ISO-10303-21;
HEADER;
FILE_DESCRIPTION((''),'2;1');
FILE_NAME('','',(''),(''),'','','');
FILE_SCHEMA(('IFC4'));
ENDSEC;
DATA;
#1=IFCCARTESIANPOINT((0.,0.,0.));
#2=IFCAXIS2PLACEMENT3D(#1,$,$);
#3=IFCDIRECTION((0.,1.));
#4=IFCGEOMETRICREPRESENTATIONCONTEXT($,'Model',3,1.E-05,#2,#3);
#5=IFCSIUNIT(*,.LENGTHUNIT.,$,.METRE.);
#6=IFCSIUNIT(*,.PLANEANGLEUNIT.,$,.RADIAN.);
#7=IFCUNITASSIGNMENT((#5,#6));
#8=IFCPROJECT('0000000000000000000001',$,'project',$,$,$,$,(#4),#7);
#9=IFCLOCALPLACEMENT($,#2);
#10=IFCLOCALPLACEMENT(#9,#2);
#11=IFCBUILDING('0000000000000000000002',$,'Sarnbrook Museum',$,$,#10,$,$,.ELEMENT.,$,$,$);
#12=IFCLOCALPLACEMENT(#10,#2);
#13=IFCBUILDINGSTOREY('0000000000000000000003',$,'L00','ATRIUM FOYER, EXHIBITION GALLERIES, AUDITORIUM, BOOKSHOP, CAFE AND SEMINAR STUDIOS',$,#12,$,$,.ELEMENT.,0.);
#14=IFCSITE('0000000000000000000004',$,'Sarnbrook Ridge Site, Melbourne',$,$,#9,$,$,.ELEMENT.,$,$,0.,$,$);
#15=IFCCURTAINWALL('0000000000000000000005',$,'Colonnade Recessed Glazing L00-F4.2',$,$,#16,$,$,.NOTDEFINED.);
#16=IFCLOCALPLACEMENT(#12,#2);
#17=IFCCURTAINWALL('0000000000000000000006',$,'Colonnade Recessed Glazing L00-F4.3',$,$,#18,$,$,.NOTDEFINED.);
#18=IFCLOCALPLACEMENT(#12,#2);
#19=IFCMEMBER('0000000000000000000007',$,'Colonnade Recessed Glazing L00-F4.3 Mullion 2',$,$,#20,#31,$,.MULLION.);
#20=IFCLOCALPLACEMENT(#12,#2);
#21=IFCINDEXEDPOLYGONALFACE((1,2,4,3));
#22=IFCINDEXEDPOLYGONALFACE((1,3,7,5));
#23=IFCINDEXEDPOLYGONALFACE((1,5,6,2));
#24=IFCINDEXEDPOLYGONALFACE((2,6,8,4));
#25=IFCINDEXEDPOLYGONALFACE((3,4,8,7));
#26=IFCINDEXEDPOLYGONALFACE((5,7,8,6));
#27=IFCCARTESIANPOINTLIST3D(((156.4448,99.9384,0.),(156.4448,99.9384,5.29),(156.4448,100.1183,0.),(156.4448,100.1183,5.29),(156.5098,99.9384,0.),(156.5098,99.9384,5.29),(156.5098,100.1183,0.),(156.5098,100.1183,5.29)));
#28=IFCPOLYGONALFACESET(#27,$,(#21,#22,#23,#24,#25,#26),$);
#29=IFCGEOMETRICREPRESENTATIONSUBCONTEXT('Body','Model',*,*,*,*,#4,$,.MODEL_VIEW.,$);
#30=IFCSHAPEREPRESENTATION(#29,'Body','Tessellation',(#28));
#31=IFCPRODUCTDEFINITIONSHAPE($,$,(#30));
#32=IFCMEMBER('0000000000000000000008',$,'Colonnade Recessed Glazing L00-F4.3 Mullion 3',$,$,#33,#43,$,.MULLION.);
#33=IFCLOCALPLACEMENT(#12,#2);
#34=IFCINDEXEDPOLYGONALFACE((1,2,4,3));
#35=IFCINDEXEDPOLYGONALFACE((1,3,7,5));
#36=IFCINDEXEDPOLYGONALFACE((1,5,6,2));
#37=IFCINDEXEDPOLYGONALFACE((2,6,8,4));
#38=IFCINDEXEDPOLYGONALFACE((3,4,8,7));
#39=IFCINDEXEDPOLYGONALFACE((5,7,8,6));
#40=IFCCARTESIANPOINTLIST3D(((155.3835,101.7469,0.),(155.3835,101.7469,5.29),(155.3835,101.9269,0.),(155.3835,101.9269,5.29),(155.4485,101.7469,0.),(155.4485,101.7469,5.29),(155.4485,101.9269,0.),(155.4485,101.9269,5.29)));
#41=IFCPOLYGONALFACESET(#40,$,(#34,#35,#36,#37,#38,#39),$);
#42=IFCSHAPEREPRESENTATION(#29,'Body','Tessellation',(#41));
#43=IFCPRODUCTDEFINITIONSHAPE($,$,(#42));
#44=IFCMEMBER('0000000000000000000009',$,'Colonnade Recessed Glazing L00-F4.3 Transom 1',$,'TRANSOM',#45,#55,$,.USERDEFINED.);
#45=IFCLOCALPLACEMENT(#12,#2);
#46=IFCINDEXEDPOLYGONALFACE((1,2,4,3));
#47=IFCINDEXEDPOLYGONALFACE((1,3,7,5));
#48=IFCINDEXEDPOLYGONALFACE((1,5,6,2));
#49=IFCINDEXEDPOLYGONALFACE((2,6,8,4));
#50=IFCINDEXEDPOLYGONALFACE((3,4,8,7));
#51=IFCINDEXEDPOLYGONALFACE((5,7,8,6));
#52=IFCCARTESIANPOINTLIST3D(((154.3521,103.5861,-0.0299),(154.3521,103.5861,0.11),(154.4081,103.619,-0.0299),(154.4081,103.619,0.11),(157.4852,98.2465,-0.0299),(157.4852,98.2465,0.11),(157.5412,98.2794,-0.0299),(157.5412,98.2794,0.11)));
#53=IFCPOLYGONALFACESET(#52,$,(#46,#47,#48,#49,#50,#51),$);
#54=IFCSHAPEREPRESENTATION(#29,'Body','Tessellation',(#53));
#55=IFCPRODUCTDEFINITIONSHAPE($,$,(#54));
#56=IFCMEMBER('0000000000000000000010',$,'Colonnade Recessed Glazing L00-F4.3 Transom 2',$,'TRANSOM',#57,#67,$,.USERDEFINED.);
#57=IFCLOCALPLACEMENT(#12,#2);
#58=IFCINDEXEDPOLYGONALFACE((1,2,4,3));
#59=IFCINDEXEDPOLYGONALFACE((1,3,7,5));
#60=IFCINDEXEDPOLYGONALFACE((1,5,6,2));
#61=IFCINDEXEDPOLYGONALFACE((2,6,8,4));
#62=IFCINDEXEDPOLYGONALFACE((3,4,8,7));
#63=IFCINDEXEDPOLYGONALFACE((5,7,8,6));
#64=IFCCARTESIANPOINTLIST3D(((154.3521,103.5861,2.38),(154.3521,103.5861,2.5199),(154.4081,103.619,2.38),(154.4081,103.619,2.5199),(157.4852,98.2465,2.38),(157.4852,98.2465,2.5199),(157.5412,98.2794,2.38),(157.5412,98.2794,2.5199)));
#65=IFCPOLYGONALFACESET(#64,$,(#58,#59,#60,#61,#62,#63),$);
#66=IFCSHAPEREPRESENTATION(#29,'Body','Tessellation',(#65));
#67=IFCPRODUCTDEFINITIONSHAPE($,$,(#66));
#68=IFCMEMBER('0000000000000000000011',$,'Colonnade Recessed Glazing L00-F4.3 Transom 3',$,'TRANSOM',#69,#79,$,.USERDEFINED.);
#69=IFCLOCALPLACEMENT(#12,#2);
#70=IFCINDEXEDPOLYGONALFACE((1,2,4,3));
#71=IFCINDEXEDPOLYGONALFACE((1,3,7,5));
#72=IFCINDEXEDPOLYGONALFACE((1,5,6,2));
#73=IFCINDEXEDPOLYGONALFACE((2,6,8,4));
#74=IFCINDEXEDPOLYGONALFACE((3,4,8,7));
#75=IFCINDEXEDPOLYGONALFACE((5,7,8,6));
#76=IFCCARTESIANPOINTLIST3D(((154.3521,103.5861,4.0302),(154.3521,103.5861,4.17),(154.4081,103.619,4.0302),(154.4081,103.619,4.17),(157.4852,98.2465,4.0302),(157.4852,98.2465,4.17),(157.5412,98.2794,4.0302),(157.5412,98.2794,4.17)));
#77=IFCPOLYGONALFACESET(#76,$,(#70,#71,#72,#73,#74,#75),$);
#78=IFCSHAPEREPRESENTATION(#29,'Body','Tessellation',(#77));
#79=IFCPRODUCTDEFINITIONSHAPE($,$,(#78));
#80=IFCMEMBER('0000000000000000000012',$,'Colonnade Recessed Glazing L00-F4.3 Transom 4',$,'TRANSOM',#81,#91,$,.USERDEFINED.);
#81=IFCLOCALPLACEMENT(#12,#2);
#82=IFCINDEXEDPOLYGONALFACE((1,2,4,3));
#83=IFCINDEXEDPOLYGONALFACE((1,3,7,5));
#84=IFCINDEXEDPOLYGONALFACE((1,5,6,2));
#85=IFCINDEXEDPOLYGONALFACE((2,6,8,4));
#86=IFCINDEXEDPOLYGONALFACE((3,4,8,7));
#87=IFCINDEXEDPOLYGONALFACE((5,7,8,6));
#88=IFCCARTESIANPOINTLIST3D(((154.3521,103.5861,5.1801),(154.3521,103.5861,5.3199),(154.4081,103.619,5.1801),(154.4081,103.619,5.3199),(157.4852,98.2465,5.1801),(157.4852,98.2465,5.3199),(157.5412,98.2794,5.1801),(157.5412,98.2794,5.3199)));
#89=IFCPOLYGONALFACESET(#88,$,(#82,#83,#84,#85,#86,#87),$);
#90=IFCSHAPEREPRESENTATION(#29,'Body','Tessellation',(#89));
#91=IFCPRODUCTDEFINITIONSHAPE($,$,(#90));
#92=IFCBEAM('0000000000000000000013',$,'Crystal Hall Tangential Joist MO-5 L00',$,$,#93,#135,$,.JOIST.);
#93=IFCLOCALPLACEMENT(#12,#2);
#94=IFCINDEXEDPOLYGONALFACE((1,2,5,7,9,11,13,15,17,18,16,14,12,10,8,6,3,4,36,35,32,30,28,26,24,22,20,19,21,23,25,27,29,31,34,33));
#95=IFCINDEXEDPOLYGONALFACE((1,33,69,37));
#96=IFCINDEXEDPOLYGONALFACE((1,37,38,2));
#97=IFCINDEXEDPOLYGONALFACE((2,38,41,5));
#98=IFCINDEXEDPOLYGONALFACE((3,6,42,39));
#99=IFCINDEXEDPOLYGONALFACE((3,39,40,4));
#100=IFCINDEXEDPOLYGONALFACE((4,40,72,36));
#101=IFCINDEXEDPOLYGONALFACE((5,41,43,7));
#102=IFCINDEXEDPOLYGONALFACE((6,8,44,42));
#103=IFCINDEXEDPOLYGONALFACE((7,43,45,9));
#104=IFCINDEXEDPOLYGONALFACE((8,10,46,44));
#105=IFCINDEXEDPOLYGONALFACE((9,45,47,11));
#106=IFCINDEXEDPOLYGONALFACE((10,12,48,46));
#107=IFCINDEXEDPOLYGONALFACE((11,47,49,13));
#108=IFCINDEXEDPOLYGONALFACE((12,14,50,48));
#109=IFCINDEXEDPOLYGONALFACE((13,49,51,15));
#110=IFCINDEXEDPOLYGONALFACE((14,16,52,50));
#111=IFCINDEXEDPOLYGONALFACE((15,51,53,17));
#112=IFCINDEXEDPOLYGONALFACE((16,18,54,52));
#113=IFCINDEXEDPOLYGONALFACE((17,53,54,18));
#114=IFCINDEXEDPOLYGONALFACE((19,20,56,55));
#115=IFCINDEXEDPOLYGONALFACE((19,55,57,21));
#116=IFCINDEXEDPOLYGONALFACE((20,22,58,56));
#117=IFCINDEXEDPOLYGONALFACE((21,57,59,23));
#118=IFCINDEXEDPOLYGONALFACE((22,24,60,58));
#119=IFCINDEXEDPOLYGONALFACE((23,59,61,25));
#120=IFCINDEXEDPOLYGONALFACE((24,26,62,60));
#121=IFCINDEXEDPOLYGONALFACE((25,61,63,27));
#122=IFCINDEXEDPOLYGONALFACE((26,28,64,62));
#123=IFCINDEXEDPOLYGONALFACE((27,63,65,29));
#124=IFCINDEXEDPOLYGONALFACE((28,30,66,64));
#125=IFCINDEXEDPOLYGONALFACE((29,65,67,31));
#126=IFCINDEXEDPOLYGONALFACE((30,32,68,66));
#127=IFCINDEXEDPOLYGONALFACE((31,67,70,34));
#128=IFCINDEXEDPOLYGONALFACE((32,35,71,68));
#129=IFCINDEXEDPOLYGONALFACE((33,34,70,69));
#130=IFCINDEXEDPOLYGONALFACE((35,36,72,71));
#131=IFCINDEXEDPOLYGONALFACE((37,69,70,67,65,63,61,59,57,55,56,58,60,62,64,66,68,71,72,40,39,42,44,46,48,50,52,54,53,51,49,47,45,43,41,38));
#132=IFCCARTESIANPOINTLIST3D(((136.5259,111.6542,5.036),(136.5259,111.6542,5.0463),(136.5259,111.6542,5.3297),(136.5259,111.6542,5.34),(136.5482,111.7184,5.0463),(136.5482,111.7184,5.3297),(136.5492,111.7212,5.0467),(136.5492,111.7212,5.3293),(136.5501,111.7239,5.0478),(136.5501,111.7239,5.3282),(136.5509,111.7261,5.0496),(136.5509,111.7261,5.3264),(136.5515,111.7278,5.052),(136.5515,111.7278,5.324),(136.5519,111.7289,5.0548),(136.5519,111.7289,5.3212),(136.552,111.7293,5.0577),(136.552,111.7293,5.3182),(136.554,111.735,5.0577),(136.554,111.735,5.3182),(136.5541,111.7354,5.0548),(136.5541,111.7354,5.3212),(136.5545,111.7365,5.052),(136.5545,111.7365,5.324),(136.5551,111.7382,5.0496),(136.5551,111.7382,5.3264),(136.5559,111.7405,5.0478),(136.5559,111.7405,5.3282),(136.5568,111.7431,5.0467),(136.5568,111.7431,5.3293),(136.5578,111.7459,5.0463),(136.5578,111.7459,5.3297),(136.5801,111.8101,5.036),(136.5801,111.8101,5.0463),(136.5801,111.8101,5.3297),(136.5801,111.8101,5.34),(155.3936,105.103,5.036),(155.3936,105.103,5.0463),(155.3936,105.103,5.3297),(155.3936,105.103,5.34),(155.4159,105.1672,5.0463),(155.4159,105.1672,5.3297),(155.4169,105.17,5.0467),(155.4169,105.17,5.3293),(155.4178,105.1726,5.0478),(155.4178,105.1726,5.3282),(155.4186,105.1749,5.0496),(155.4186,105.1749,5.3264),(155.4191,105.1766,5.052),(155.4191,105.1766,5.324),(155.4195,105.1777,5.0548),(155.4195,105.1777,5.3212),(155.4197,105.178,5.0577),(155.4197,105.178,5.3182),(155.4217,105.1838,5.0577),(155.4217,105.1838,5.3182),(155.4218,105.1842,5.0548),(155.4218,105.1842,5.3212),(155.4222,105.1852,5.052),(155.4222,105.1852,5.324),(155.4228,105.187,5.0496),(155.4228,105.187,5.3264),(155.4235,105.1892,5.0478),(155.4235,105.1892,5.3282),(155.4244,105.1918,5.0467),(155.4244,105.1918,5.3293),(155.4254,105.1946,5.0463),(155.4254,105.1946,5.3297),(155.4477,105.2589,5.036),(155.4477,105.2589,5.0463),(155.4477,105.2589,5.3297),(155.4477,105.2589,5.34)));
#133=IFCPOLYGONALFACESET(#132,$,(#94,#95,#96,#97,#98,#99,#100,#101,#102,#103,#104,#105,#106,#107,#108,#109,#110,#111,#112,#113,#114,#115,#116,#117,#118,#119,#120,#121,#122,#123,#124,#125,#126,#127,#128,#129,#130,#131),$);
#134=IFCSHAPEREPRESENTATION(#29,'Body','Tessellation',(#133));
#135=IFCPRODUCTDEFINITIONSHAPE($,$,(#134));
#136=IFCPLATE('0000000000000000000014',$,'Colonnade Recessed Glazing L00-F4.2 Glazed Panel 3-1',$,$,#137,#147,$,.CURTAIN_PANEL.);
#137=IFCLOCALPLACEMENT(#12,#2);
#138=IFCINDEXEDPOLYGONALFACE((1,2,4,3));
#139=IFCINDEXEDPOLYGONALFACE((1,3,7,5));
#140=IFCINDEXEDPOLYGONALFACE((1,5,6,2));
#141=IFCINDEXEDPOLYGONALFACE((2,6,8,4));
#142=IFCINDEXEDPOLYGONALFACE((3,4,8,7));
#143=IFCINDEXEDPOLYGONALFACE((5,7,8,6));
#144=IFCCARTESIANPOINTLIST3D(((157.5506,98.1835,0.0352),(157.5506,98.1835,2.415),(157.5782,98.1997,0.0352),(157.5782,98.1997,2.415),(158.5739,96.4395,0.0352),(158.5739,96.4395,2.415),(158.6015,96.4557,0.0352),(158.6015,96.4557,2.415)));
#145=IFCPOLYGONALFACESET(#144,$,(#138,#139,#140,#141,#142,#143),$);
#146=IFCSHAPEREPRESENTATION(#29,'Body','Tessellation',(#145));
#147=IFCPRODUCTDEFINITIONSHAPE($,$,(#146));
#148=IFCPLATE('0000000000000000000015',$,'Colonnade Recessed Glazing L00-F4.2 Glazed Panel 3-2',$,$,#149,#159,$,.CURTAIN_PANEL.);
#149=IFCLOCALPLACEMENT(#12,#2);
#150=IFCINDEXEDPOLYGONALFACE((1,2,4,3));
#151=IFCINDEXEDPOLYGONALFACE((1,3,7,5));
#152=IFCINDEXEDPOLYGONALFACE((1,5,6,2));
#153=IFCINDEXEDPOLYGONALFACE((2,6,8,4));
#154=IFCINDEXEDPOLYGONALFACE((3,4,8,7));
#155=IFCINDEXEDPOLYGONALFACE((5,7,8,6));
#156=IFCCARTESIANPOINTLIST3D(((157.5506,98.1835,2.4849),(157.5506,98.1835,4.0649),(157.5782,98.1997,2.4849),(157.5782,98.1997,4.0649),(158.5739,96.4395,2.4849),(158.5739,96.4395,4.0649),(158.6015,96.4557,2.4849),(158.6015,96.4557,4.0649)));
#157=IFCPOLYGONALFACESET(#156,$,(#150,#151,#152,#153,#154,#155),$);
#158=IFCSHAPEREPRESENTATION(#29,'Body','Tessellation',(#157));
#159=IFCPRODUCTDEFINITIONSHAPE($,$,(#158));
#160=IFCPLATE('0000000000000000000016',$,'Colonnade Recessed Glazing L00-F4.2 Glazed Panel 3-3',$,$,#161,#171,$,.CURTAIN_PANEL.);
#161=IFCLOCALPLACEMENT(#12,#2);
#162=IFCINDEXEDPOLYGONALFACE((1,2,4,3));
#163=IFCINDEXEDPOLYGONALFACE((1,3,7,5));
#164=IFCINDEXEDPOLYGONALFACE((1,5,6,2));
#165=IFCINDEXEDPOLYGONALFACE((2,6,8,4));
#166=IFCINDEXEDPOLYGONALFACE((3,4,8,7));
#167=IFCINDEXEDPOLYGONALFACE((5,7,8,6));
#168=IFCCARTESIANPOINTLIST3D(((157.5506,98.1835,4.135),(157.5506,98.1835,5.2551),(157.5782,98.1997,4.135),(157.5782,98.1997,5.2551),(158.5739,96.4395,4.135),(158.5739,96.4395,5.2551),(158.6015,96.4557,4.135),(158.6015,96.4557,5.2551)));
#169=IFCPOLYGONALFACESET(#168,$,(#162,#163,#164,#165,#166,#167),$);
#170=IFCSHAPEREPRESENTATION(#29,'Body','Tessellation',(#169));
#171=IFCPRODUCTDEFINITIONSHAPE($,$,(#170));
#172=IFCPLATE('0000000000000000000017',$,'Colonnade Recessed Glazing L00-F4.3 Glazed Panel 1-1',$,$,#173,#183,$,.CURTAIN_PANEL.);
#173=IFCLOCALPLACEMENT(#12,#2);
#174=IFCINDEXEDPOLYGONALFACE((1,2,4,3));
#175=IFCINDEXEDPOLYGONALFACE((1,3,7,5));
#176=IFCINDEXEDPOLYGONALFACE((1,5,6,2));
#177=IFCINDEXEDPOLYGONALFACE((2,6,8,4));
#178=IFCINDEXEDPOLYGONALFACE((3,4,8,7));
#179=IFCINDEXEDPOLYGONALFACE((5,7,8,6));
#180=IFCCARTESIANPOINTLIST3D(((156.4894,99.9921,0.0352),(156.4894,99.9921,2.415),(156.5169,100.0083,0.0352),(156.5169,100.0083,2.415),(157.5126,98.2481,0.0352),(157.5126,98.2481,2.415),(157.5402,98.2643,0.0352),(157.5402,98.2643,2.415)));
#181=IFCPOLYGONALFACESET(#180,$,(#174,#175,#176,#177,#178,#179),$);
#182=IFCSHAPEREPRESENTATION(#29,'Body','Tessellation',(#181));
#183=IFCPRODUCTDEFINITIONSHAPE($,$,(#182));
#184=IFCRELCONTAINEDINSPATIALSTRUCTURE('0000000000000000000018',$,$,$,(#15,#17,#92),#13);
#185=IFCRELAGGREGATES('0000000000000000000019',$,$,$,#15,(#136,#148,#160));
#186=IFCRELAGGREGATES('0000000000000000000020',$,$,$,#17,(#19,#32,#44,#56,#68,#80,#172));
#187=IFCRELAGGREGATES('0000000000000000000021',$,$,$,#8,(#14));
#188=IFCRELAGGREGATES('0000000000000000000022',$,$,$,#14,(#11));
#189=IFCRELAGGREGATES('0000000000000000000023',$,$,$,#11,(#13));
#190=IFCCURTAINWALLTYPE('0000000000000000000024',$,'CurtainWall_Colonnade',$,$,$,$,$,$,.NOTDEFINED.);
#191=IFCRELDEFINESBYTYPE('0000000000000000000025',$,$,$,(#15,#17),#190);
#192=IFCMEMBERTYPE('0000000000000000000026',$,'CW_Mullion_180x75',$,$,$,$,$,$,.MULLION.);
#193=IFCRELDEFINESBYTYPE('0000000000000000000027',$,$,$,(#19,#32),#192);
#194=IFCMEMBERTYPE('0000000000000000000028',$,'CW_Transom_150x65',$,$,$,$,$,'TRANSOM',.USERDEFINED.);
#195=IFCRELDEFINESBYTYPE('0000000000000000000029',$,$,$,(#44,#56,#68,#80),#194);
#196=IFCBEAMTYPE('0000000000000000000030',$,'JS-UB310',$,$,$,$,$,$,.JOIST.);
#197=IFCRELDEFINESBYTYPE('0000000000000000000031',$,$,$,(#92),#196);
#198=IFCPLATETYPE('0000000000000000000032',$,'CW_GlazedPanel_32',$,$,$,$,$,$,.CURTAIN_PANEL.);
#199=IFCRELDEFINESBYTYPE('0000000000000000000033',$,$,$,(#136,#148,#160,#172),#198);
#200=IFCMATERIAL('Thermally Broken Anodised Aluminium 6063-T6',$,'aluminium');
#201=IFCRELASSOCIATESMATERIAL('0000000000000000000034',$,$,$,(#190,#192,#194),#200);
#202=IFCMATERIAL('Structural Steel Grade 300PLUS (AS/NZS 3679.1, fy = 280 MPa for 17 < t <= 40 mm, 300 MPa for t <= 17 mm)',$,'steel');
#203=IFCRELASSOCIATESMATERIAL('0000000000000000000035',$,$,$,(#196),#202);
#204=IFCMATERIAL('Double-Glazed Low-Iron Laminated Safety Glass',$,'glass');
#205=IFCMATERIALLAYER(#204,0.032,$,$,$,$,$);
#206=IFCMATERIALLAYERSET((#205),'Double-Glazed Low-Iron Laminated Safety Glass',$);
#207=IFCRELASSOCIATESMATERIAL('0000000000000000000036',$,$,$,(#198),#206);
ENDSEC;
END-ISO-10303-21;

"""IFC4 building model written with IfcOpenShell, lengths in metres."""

from ifc_helpers import new_model, si_unit, direction, frame, origin, origin_2d, place, context, subcontext, project, spatial, rectangle, i_section, extrude, material, layer, layer_set, material_profile, profile_set, type_object, element, aggregate, save


model = new_model("IFC4")

# Units and contexts
model_context = context("Model", 3, precision=1e-05, world=origin(), true_north=direction((0.0, 1.0)))
body_context = subcontext(model_context, "Body", "Model", "MODEL_VIEW")
ifc_project = project(units=[si_unit("LENGTHUNIT", "METRE"), si_unit("PLANEANGLEUNIT", "RADIAN")], contexts=[model_context])

# Site, building, storey
site_placement = place(None, origin())
site = spatial("IfcSite", under=ifc_project, at=site_placement, Name="Sarnbrook Ridge Site, Melbourne", CompositionType="ELEMENT", RefElevation=0.0)
building_placement = place(site_placement, origin())
building = spatial("IfcBuilding", under=site, at=building_placement, Name="Sarnbrook Museum", CompositionType="ELEMENT")
storey_placement = place(building_placement, origin())
storey = spatial("IfcBuildingStorey", under=building, at=storey_placement, Name="L00", Description="ATRIUM FOYER, EXHIBITION GALLERIES, AUDITORIUM, BOOKSHOP, CAFE AND SEMINAR STUDIOS", CompositionType="ELEMENT", Elevation=0.0)

# Shared definitions
ifc_material_1 = material(Name="Structural Steel Grade 300PLUS (AS/NZS 3679.1, fy = 280 MPa for 17 < t <= 40 mm, 300 MPa for t <= 17 mm)", Category="steel")

# Curtain wall
ifc_material_2 = material(Name="Thermally Broken Anodised Aluminium 6063-T6", Category="aluminium")
curtain_wall_type = type_object("IfcCurtainWallType", Name="CurtainWall_Colonnade", PredefinedType="NOTDEFINED", material=ifc_material_2)
curtain_wall_1_placement = place(storey_placement, origin())
curtain_wall_1 = element("IfcCurtainWall", 1, at=curtain_wall_1_placement, inside=storey, type_object=curtain_wall_type, Name="Colonnade Recessed Glazing L00-F4.2", PredefinedType="NOTDEFINED")
ifc_material_profile_1 = material_profile(ifc_material_2, rectangle(XDim=0.0649, YDim=0.1799, at=origin_2d()), Name="ALU MULLION 65x180")
ifc_profile_set_1 = profile_set([ifc_material_profile_1], Name="Thermally Broken Anodised Aluminium 6063-T6")
member_type_1 = type_object("IfcMemberType", Name="CW_Mullion_180x75", PredefinedType="MULLION", material=ifc_profile_set_1)

# Curtain wall, members
curtain_wall_2_placement = place(storey_placement, origin())
curtain_wall_2 = element("IfcCurtainWall", 2, at=curtain_wall_2_placement, inside=storey, type_object=curtain_wall_type, Name="Colonnade Recessed Glazing L00-F4.3", PredefinedType="NOTDEFINED")
member_1_placement = place(storey_placement, frame((156.4773, 100.0283, 0.0), z_axis=(0.0, 0.0, 1.0), x_axis=(1.0, 0.0, 0.0)))
member_1 = element("IfcMember", 3, at=member_1_placement, type_object=member_type_1, Name="Colonnade Recessed Glazing L00-F4.3 Mullion 2", PredefinedType="MULLION", context=body_context, shape_type="SweptSolid", body=[
    extrude(rectangle(XDim=0.0649, YDim=0.1799, at=origin_2d()), origin(), (0.0, 0.0, 1.0), 5.29),
])
member_2_placement = place(storey_placement, frame((155.416, 101.8369, 0.0), z_axis=(0.0, 0.0, 1.0), x_axis=(1.0, 0.0, 0.0)))
member_2 = element("IfcMember", 4, at=member_2_placement, type_object=member_type_1, Name="Colonnade Recessed Glazing L00-F4.3 Mullion 3", PredefinedType="MULLION", context=body_context, shape_type="SweptSolid", body=[
    extrude(rectangle(XDim=0.0649, YDim=0.1799, at=origin_2d()), origin(), (0.0, 0.0, 1.0), 5.29),
])
ifc_material_profile_2 = material_profile(ifc_material_2, rectangle(XDim=0.0649, YDim=0.1399, at=origin_2d()), Name="ALU TRANSOM 65x140")
ifc_profile_set_2 = profile_set([ifc_material_profile_2], Name="Thermally Broken Anodised Aluminium 6063-T6")
member_type_2 = type_object("IfcMemberType", Name="CW_Transom_150x65", ElementType="TRANSOM", PredefinedType="USERDEFINED", material=ifc_profile_set_2)
member_3_placement = place(storey_placement, frame((157.5132, 98.2629, 0.04), z_axis=(-0.506074, 0.86249, 0.0), x_axis=(-0.86249, -0.506074, 0.0)))
member_3 = element("IfcMember", 5, at=member_3_placement, type_object=member_type_2, Name="Colonnade Recessed Glazing L00-F4.3 Transom 1", ObjectType="TRANSOM", PredefinedType="USERDEFINED", context=body_context, shape_type="SweptSolid", body=[
    extrude(rectangle(XDim=0.0649, YDim=0.1399, at=origin_2d()), origin(), (0.0, 0.0, 1.0), 6.1909),
])
member_4_placement = place(storey_placement, frame((157.5132, 98.2629, 2.45), z_axis=(-0.506074, 0.86249, 0.0), x_axis=(-0.86249, -0.506074, 0.0)))
member_4 = element("IfcMember", 6, at=member_4_placement, type_object=member_type_2, Name="Colonnade Recessed Glazing L00-F4.3 Transom 2", ObjectType="TRANSOM", PredefinedType="USERDEFINED", context=body_context, shape_type="SweptSolid", body=[
    extrude(rectangle(XDim=0.0649, YDim=0.1399, at=origin_2d()), origin(), (0.0, 0.0, 1.0), 6.1909),
])
member_5_placement = place(storey_placement, frame((157.5132, 98.2629, 4.1001), z_axis=(-0.506074, 0.86249, 0.0), x_axis=(-0.86249, -0.506074, 0.0)))
member_5 = element("IfcMember", 7, at=member_5_placement, type_object=member_type_2, Name="Colonnade Recessed Glazing L00-F4.3 Transom 3", ObjectType="TRANSOM", PredefinedType="USERDEFINED", context=body_context, shape_type="SweptSolid", body=[
    extrude(rectangle(XDim=0.0649, YDim=0.1399, at=origin_2d()), origin(), (0.0, 0.0, 1.0), 6.1909),
])
member_6_placement = place(storey_placement, frame((157.5132, 98.2629, 5.25), z_axis=(-0.506074, 0.86249, 0.0), x_axis=(-0.86249, -0.506074, 0.0)))
member_6 = element("IfcMember", 8, at=member_6_placement, type_object=member_type_2, Name="Colonnade Recessed Glazing L00-F4.3 Transom 4", ObjectType="TRANSOM", PredefinedType="USERDEFINED", context=body_context, shape_type="SweptSolid", body=[
    extrude(rectangle(XDim=0.0649, YDim=0.1399, at=origin_2d()), origin(), (0.0, 0.0, 1.0), 6.1909),
])

# Beam
ifc_material_profile_3 = material_profile(ifc_material_1, i_section(OverallWidth=0.165, OverallDepth=0.304, WebThickness=0.0061, FlangeThickness=0.0103, FilletRadius=0.0115, at=origin_2d()), Name="310UB40.4")
ifc_profile_set_3 = profile_set([ifc_material_profile_3], Name="Structural Steel Grade 300PLUS (AS/NZS 3679.1, fy = 280 MPa for 17 < t <= 40 mm, 300 MPa for t <= 17 mm)")
beam_type_1 = type_object("IfcBeamType", Name="JS-UB310", PredefinedType="JOIST", material=ifc_profile_set_3)
beam_1_placement = place(storey_placement, frame((155.4207, 105.1809, 5.188), z_axis=(-0.944674, 0.328011, 0.0), x_axis=(-0.328011, -0.944674, 0.0)))
element("IfcBeam", 9, at=beam_1_placement, inside=storey, type_object=beam_type_1, Name="Crystal Hall Tangential Joist MO-5 L00", PredefinedType="JOIST", context=body_context, shape_type="SweptSolid", body=[
    extrude(i_section(OverallWidth=0.165, OverallDepth=0.304, WebThickness=0.0061, FlangeThickness=0.0103, FilletRadius=0.0115, at=origin_2d()), origin(), (0.0, 0.0, 1.0), 19.9727),
])

# Plates
ifc_material_3 = material(Name="Double-Glazed Low-Iron Laminated Safety Glass", Category="glass")
ifc_layer = layer(ifc_material_3, 0.032)
ifc_layer_set = layer_set([ifc_layer], Name="Double-Glazed Low-Iron Laminated Safety Glass")
plate_type = type_object("IfcPlateType", Name="CW_GlazedPanel_32", PredefinedType="CURTAIN_PANEL", material=ifc_layer_set)
plate_1_placement = place(storey_placement, frame((158.0623, 97.3115, 1.2251), z_axis=(0.862498, 0.50606, 0.0), x_axis=(-0.50606, 0.862498, 0.0)))
plate_1 = element("IfcPlate", 10, at=plate_1_placement, type_object=plate_type, Name="Colonnade Recessed Glazing L00-F4.2 Glazed Panel 3-1", PredefinedType="CURTAIN_PANEL", context=body_context, shape_type="SweptSolid", body=[
    extrude(rectangle(XDim=2.022, YDim=2.3799, at=origin_2d()), origin(), (0.0, 0.0, 1.0), 0.032),
])
plate_2_placement = place(storey_placement, frame((158.0623, 97.3115, 3.2749), z_axis=(0.862498, 0.50606, 0.0), x_axis=(-0.50606, 0.862498, 0.0)))
plate_2 = element("IfcPlate", 11, at=plate_2_placement, type_object=plate_type, Name="Colonnade Recessed Glazing L00-F4.2 Glazed Panel 3-2", PredefinedType="CURTAIN_PANEL", context=body_context, shape_type="SweptSolid", body=[
    extrude(rectangle(XDim=2.022, YDim=1.5801, at=origin_2d()), origin(), (0.0, 0.0, 1.0), 0.032),
])
plate_3_placement = place(storey_placement, frame((158.0623, 97.3115, 4.6951), z_axis=(0.862498, 0.50606, 0.0), x_axis=(-0.50606, 0.862498, 0.0)))
plate_3 = element("IfcPlate", 12, at=plate_3_placement, type_object=plate_type, Name="Colonnade Recessed Glazing L00-F4.2 Glazed Panel 3-3", PredefinedType="CURTAIN_PANEL", context=body_context, shape_type="SweptSolid", body=[
    extrude(rectangle(XDim=2.022, YDim=1.1201, at=origin_2d()), origin(), (0.0, 0.0, 1.0), 0.032),
])
aggregate(curtain_wall_1, [plate_1, plate_2, plate_3])
plate_4_placement = place(storey_placement, frame((157.001, 99.1201, 1.2251), z_axis=(0.862498, 0.50606, 0.0), x_axis=(-0.50606, 0.862498, 0.0)))
plate_4 = element("IfcPlate", 13, at=plate_4_placement, type_object=plate_type, Name="Colonnade Recessed Glazing L00-F4.3 Glazed Panel 1-1", PredefinedType="CURTAIN_PANEL", context=body_context, shape_type="SweptSolid", body=[
    extrude(rectangle(XDim=2.022, YDim=2.3799, at=origin_2d()), origin(), (0.0, 0.0, 1.0), 0.032),
])
aggregate(curtain_wall_2, [member_1, member_2, member_3, member_4, member_5, member_6, plate_4])

save(model, "model.ifc")
